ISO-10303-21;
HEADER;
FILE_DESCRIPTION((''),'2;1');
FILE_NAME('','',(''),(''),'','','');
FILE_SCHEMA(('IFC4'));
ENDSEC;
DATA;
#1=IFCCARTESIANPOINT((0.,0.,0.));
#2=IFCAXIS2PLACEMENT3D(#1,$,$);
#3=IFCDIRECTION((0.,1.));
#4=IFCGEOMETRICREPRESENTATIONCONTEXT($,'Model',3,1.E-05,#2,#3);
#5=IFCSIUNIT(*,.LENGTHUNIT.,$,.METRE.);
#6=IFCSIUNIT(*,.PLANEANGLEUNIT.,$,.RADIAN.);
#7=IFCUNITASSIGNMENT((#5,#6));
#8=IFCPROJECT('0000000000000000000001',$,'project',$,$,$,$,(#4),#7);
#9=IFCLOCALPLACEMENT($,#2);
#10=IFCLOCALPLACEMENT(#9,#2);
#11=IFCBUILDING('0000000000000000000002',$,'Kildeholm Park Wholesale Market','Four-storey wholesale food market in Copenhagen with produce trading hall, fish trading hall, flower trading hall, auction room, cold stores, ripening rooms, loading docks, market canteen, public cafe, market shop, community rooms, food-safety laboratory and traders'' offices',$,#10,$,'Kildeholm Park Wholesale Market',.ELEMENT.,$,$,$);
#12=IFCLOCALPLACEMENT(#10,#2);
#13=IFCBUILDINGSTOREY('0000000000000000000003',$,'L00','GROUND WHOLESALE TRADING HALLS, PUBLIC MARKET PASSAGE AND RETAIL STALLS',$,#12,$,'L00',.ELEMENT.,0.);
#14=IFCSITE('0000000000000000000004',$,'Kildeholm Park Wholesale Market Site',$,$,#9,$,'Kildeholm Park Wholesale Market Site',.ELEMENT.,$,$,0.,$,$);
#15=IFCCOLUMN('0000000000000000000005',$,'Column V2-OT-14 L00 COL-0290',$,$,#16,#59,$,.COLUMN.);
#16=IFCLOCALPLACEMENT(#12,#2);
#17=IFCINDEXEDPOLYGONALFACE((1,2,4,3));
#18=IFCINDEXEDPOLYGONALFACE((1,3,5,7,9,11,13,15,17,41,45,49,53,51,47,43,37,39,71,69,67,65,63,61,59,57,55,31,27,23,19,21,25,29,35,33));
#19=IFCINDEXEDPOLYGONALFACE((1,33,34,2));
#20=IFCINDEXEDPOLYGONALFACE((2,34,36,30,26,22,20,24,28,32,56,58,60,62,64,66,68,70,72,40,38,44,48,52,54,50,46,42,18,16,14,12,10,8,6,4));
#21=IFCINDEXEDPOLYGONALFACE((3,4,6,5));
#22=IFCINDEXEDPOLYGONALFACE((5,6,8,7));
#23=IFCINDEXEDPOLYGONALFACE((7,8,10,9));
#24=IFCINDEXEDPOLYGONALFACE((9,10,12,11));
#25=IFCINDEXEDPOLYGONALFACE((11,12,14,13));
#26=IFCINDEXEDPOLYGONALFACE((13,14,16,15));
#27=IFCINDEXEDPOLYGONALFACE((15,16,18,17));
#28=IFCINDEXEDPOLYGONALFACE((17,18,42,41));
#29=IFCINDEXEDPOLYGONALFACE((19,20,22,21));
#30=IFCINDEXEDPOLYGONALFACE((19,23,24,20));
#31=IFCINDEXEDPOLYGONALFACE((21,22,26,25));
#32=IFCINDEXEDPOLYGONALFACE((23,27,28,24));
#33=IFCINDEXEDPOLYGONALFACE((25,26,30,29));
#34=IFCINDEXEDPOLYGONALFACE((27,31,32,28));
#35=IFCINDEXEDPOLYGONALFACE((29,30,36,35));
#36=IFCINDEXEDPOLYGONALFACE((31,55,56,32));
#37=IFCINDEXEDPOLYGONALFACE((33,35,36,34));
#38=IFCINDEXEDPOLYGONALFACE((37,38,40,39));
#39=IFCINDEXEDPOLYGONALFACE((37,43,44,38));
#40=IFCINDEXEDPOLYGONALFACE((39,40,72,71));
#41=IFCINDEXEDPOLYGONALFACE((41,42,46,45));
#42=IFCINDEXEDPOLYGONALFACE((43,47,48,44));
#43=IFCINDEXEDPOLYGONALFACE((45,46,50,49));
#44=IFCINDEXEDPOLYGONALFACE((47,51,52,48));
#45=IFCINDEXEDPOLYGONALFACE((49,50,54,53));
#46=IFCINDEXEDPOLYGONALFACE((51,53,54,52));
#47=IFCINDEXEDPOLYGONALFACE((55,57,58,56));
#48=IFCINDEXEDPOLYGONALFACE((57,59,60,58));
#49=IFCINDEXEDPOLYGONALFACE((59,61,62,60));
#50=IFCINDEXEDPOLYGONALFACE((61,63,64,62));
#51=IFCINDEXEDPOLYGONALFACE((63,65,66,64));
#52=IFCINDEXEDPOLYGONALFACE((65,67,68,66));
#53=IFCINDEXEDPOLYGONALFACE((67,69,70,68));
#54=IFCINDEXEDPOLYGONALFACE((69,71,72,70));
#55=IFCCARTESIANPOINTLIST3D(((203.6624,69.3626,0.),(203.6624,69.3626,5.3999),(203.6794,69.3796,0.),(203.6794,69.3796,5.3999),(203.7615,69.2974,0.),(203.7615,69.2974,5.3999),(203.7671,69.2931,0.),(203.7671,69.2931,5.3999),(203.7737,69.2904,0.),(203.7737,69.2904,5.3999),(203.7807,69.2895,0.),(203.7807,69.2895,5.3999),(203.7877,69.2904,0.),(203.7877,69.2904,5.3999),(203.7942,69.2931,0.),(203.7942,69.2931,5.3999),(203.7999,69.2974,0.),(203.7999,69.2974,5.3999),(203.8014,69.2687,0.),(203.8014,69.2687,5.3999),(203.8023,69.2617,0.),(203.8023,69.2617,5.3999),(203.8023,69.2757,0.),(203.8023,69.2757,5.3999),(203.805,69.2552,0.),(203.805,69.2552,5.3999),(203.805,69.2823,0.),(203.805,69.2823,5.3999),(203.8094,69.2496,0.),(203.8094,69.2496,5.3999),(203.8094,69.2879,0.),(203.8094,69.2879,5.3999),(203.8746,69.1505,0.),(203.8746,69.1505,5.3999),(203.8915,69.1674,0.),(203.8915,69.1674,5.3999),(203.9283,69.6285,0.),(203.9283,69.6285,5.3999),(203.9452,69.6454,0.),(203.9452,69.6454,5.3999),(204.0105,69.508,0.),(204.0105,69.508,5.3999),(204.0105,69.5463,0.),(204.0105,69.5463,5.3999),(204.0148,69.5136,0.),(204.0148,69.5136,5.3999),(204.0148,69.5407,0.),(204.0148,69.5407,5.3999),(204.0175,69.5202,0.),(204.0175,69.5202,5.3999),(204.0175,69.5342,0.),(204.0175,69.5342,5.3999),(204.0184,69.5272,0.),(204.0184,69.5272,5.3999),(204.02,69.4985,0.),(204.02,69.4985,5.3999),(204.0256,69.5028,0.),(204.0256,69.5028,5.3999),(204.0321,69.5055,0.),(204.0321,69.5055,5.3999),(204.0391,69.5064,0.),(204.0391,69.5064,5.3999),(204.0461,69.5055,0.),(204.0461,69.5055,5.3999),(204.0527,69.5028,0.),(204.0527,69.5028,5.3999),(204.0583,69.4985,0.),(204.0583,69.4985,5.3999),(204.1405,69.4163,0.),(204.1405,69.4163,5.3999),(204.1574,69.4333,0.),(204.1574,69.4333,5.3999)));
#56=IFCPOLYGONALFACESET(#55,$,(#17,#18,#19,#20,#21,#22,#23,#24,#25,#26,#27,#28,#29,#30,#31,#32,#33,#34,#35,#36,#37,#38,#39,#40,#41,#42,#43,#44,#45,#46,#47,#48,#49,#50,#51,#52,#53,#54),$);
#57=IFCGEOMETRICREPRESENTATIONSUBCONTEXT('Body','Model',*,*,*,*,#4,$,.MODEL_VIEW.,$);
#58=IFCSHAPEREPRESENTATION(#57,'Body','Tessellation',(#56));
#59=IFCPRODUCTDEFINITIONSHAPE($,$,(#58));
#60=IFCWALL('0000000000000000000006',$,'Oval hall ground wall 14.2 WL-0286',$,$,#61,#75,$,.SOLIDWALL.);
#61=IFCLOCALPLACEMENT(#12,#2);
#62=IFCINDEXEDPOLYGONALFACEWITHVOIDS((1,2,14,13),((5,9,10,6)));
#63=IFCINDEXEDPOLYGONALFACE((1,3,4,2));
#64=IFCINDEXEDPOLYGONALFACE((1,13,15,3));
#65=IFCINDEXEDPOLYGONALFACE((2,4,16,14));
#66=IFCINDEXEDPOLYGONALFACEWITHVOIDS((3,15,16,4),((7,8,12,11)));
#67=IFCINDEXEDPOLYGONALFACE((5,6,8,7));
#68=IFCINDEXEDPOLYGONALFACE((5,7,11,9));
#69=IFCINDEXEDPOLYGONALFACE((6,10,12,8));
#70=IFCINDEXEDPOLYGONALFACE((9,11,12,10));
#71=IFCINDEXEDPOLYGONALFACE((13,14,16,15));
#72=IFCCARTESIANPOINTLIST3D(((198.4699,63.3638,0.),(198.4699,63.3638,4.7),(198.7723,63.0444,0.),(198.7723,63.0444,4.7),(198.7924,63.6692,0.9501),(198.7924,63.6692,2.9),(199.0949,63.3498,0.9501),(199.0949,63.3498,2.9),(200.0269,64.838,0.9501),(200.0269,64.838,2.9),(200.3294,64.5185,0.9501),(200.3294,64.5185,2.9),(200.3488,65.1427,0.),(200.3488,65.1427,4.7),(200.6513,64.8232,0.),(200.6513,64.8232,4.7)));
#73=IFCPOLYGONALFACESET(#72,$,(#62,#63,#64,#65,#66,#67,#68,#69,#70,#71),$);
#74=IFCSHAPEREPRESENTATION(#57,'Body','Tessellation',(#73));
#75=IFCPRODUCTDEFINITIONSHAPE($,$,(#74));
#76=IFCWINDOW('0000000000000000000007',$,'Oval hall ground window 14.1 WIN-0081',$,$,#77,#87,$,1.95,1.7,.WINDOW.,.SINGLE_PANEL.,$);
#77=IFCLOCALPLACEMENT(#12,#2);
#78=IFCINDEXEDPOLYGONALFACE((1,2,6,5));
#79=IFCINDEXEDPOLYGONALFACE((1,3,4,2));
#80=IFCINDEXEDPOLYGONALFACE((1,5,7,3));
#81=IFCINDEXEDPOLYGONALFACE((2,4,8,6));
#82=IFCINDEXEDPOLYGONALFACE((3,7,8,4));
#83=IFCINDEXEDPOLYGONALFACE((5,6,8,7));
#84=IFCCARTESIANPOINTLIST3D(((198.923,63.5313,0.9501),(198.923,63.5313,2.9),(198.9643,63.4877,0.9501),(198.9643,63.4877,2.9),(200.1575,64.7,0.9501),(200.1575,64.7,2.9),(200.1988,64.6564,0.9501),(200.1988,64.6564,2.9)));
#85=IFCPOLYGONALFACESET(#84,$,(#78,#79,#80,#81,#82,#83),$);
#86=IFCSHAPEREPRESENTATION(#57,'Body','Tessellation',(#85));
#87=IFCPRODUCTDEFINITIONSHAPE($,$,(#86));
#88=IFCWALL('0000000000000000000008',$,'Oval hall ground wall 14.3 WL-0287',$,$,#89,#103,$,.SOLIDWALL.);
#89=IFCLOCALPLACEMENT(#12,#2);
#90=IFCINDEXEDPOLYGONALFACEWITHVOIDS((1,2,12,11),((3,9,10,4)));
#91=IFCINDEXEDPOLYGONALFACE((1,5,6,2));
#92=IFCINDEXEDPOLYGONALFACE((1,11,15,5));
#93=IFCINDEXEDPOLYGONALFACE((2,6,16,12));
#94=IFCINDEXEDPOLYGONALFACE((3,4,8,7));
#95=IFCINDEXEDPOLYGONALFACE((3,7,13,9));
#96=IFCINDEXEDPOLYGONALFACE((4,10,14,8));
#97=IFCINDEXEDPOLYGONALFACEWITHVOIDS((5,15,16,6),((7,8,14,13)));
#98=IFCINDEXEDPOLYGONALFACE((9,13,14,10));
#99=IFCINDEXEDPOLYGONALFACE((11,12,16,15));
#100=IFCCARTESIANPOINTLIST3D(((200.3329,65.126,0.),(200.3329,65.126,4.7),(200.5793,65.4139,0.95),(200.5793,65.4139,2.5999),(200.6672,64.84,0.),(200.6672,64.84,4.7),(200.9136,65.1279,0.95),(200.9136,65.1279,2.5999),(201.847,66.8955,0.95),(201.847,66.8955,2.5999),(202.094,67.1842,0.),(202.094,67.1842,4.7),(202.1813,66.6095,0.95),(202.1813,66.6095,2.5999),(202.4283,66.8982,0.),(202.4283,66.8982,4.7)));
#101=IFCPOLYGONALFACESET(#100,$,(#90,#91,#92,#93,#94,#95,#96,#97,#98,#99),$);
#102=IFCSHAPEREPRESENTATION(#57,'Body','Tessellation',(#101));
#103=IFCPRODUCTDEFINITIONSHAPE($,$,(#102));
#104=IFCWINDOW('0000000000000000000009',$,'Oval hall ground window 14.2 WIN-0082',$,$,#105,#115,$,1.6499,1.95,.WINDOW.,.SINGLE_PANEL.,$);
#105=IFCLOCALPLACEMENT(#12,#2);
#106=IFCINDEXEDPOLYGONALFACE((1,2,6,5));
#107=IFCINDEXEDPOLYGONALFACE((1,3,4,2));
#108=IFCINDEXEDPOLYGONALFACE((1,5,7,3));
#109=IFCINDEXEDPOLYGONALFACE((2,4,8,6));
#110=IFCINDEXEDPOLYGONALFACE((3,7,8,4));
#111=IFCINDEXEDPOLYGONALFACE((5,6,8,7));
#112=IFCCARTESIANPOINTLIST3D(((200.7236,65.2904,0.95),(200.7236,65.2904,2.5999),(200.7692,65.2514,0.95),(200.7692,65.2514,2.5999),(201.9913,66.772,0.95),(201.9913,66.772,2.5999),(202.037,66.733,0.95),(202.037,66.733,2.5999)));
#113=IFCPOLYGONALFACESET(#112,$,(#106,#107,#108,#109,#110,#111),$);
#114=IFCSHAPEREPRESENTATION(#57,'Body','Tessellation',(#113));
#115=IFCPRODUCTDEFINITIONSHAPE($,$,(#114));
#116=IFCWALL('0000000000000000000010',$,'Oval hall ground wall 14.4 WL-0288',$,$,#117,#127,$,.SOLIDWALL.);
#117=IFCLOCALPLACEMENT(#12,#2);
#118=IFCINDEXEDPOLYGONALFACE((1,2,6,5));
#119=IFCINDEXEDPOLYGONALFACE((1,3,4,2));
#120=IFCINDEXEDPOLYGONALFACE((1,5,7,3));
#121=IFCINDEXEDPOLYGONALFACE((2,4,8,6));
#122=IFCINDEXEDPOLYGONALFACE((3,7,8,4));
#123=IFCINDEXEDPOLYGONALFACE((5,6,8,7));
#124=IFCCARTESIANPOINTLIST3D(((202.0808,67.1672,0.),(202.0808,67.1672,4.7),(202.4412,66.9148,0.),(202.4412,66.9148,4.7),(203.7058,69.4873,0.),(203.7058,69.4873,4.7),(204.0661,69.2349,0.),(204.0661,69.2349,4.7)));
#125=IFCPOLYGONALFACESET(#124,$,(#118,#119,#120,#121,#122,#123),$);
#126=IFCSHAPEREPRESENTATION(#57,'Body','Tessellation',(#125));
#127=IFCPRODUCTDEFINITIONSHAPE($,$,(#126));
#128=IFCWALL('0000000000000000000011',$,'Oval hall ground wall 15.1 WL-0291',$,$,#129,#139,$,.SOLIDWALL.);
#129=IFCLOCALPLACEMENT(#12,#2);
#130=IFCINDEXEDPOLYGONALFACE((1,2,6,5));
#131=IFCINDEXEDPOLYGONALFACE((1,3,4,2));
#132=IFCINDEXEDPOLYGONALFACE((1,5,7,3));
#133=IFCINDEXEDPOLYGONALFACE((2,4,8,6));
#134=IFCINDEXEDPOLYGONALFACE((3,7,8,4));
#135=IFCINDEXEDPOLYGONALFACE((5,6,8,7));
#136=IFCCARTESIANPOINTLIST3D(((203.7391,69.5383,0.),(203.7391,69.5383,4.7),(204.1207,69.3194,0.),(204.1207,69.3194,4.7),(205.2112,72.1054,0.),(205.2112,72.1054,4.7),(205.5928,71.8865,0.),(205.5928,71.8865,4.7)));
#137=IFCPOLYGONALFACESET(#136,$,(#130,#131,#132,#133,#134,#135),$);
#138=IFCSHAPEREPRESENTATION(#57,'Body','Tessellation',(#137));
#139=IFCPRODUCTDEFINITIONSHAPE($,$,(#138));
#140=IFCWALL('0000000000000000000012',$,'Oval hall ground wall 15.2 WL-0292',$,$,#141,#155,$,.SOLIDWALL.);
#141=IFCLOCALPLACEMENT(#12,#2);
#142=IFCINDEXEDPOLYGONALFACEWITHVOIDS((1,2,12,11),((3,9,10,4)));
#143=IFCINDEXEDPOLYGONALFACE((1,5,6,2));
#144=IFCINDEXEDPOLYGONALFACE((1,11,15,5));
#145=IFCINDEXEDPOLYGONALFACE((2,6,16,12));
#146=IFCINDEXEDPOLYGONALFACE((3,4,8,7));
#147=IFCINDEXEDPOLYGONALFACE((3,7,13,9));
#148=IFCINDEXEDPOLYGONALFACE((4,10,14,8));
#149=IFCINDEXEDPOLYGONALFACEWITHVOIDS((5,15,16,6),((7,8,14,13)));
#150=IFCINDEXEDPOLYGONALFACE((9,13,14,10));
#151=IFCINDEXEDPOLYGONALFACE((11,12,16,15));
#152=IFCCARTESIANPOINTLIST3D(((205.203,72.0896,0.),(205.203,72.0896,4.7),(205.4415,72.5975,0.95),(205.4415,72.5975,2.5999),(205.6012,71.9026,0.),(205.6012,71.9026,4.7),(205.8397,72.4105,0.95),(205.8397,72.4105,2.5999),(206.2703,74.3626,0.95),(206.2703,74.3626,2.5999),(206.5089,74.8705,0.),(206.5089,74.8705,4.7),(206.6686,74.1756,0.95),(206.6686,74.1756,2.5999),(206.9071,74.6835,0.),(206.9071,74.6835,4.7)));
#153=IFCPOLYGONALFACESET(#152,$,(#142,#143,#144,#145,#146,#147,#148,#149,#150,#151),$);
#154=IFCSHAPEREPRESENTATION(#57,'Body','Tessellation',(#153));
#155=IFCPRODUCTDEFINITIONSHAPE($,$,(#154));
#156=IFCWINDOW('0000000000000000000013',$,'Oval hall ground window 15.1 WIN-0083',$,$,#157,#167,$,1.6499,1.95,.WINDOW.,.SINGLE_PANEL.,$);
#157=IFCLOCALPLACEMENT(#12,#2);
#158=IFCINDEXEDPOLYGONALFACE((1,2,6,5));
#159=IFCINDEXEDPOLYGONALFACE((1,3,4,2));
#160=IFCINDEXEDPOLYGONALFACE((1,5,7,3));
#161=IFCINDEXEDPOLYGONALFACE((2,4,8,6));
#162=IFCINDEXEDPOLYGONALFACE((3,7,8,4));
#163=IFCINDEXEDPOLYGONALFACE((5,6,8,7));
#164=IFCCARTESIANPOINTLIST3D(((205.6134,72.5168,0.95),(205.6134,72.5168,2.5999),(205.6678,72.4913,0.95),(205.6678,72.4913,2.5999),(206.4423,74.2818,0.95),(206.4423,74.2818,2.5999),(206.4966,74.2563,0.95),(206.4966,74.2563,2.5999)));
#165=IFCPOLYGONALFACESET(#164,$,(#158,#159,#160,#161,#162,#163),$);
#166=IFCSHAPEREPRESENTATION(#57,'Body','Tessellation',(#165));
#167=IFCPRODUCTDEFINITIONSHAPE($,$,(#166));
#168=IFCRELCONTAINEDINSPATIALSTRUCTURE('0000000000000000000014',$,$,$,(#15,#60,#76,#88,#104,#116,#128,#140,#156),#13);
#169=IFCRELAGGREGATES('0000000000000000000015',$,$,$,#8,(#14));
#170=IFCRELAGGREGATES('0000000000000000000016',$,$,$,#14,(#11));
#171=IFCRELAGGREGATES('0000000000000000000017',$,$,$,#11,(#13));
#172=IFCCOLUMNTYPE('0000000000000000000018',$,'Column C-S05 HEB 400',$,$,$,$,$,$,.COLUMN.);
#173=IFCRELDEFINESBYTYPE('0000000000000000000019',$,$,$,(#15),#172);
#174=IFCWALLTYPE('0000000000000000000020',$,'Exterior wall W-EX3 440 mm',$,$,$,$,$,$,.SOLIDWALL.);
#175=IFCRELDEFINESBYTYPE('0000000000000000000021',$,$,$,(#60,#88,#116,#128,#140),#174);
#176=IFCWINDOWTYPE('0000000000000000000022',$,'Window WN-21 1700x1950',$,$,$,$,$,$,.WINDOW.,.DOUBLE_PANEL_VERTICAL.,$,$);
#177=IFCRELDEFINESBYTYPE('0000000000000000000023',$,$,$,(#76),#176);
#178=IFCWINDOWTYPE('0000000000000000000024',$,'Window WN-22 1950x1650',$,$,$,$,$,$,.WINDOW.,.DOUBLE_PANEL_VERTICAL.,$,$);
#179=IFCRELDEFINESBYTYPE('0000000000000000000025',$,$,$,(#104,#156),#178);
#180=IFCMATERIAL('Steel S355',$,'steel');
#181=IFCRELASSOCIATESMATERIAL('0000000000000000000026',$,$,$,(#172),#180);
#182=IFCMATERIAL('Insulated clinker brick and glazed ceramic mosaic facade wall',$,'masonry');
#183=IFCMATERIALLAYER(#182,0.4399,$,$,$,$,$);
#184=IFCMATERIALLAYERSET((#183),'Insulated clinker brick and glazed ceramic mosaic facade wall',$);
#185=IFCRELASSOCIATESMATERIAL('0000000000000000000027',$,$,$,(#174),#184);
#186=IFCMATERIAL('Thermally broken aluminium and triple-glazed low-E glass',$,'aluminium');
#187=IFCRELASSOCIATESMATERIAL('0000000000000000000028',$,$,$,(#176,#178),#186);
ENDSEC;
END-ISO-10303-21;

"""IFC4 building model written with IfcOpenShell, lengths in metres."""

from ifc_helpers import new_model, si_unit, direction, frame, frame_2d, origin, origin_2d, place, context, subcontext, project, spatial, rectangle, i_section, extrude, material, layer, layer_set, material_profile, profile_set, type_object, element, fill, save


model = new_model("IFC4")

# Units and contexts
model_context = context("Model", 3, precision=1e-05, world=origin(), true_north=direction((0.0, 1.0)))
body_context = subcontext(model_context, "Body", "Model", "MODEL_VIEW")
ifc_project = project(units=[si_unit("LENGTHUNIT", "METRE"), si_unit("PLANEANGLEUNIT", "RADIAN")], contexts=[model_context])

# Site, building, storey
site_placement = place(None, origin())
site = spatial("IfcSite", under=ifc_project, at=site_placement, Name="Kildeholm Park Wholesale Market Site", LongName="Kildeholm Park Wholesale Market Site", CompositionType="ELEMENT", RefElevation=0.0)
building_placement = place(site_placement, origin())
building = spatial("IfcBuilding", under=site, at=building_placement, Name="Kildeholm Park Wholesale Market", Description="Four-storey wholesale food market in Copenhagen with produce trading hall, fish trading hall, flower trading hall, auction room, cold stores, ripening rooms, loading docks, market canteen, public cafe, market shop, community rooms, food-safety laboratory and traders' offices", LongName="Kildeholm Park Wholesale Market", CompositionType="ELEMENT")
storey_placement = place(building_placement, origin())
storey = spatial("IfcBuildingStorey", under=building, at=storey_placement, Name="L00", Description="GROUND WHOLESALE TRADING HALLS, PUBLIC MARKET PASSAGE AND RETAIL STALLS", LongName="L00", CompositionType="ELEMENT", Elevation=0.0)

# Column
ifc_material_1 = material(Name="Steel S355", Category="steel")
ifc_material_profile_1 = material_profile(ifc_material_1, i_section(OverallWidth=0.3, OverallDepth=0.3999, WebThickness=0.0134, FlangeThickness=0.0239, FilletRadius=0.0271, at=origin_2d()), Name="HEB 400")
ifc_profile_set_1 = profile_set([ifc_material_profile_1], Name="Steel S355")
column_type = type_object("IfcColumnType", Name="Column C-S05 HEB 400", PredefinedType="COLUMN", material=ifc_profile_set_1)
column_placement = place(storey_placement, frame((203.9099, 69.3979, 0.0), z_axis=(0.0, 0.0, 1.0), x_axis=(0.707107, -0.707107, 0.0)))
element("IfcColumn", 1, at=column_placement, inside=storey, type_object=column_type, Name="Column V2-OT-14 L00 COL-0290", PredefinedType="COLUMN", context=body_context, shape_type="SweptSolid", body=[
    extrude(i_section(OverallWidth=0.3, OverallDepth=0.3999, WebThickness=0.0134, FlangeThickness=0.0239, FilletRadius=0.0271, at=origin_2d()), origin(), (0.0, 0.0, 1.0), 5.3999),
])

# Walls, openings, windows
ifc_material_2 = material(Name="Insulated clinker brick and glazed ceramic mosaic facade wall", Category="masonry")
ifc_layer_1 = layer(ifc_material_2, 0.4399)
ifc_layer_set_1 = layer_set([ifc_layer_1], Name="Insulated clinker brick and glazed ceramic mosaic facade wall")
wall_type = type_object("IfcWallType", Name="Exterior wall W-EX3 440 mm", PredefinedType="SOLIDWALL", material=ifc_layer_set_1)
wall_1_placement = place(storey_placement, frame((198.6211, 63.2041, 0.0), z_axis=(0.0, 0.0, 1.0), x_axis=(0.726186, 0.687499, 0.0)))
wall_1 = element("IfcWall", 2, at=wall_1_placement, inside=storey, type_object=wall_type, Name="Oval hall ground wall 14.2 WL-0286", PredefinedType="SOLIDWALL", context=body_context, shape_type="SweptSolid", body=[
    extrude(rectangle(XDim=2.5874, YDim=0.4399, at=frame_2d((1.2937, 0.0))), origin(), (0.0, 0.0, 1.0), 4.7),
])
opening_1_placement = place(wall_1_placement, frame((0.4441, 0.0, 0.95)))
opening_1 = element("IfcOpeningElement", 3, at=opening_1_placement, cuts=wall_1, PredefinedType="OPENING", context=body_context, shape_type="SweptSolid", body=[
    extrude(rectangle(XDim=1.7, YDim=1.95, at=frame_2d((0.8501, 0.9751))), frame((0.0, 0.23, 0.0), z_axis=(0.0, -1.0, 0.0), x_axis=(1.0, 0.0, 0.0)), (0.0, 0.0, 1.0), 0.46),
])
ifc_material_3 = material(Name="Thermally broken aluminium and triple-glazed low-E glass", Category="aluminium")
window_type_1 = type_object("IfcWindowType", Name="Window WN-21 1700x1950", PartitioningType="DOUBLE_PANEL_VERTICAL", PredefinedType="WINDOW", material=ifc_material_3)
window_1_placement = place(opening_1_placement, origin())
window_1 = element("IfcWindow", 4, at=window_1_placement, inside=storey, type_object=window_type_1, Name="Oval hall ground window 14.1 WIN-0081", OverallHeight=1.95, OverallWidth=1.7, PartitioningType="SINGLE_PANEL", PredefinedType="WINDOW", context=body_context, shape_type="SweptSolid", body=[
    extrude(rectangle(XDim=1.7, YDim=1.95, at=frame_2d((0.8501, 0.9751))), frame((0.0, 0.03, 0.0), z_axis=(0.0, -1.0, 0.0), x_axis=(1.0, 0.0, 0.0)), (0.0, 0.0, 1.0), 0.0601),
])
fill(opening_1, window_1)
wall_2_placement = place(storey_placement, frame((200.5, 64.9829, 0.0), z_axis=(0.0, 0.0, 1.0), x_axis=(0.650131, 0.759823, 0.0)))
wall_2 = element("IfcWall", 5, at=wall_2_placement, inside=storey, type_object=wall_type, Name="Oval hall ground wall 14.3 WL-0287", PredefinedType="SOLIDWALL", context=body_context, shape_type="SweptSolid", body=[
    extrude(rectangle(XDim=2.7087, YDim=0.4399, at=frame_2d((1.3545, 0.0))), origin(), (0.0, 0.0, 1.0), 4.7),
])
opening_2_placement = place(wall_2_placement, frame((0.3789, 0.0, 0.95)))
opening_2 = element("IfcOpeningElement", 6, at=opening_2_placement, cuts=wall_2, PredefinedType="OPENING", context=body_context, shape_type="SweptSolid", body=[
    extrude(rectangle(XDim=1.95, YDim=1.6499, at=frame_2d((0.9751, 0.825))), frame((0.0, 0.23, 0.0), z_axis=(0.0, -1.0, 0.0), x_axis=(1.0, 0.0, 0.0)), (0.0, 0.0, 1.0), 0.46),
])
window_type_2 = type_object("IfcWindowType", Name="Window WN-22 1950x1650", PartitioningType="DOUBLE_PANEL_VERTICAL", PredefinedType="WINDOW", material=ifc_material_3)
window_2_placement = place(opening_2_placement, origin())
window_2 = element("IfcWindow", 7, at=window_2_placement, inside=storey, type_object=window_type_2, Name="Oval hall ground window 14.2 WIN-0082", OverallHeight=1.6499, OverallWidth=1.95, PartitioningType="SINGLE_PANEL", PredefinedType="WINDOW", context=body_context, shape_type="SweptSolid", body=[
    extrude(rectangle(XDim=1.95, YDim=1.6499, at=frame_2d((0.9751, 0.825))), frame((0.0, 0.03, 0.0), z_axis=(0.0, -1.0, 0.0), x_axis=(1.0, 0.0, 0.0)), (0.0, 0.0, 1.0), 0.0601),
])
fill(opening_2, window_2)

# Walls
wall_3_placement = place(storey_placement, frame((202.261, 67.041, 0.0), z_axis=(0.0, 0.0, 1.0), x_axis=(0.573688, 0.819074, 0.0)))
element("IfcWall", 8, at=wall_3_placement, inside=storey, type_object=wall_type, Name="Oval hall ground wall 14.4 WL-0288", PredefinedType="SOLIDWALL", context=body_context, shape_type="SweptSolid", body=[
    extrude(rectangle(XDim=2.8325, YDim=0.4399, at=frame_2d((1.4163, 0.0))), origin(), (0.0, 0.0, 1.0), 4.7),
])
wall_4_placement = place(storey_placement, frame((203.9299, 69.429, 0.0), z_axis=(0.0, 0.0, 1.0), x_axis=(0.497471, 0.867481, 0.0)))
element("IfcWall", 9, at=wall_4_placement, inside=storey, type_object=wall_type, Name="Oval hall ground wall 15.1 WL-0291", PredefinedType="SOLIDWALL", context=body_context, shape_type="SweptSolid", body=[
    extrude(rectangle(XDim=2.9592, YDim=0.4399, at=frame_2d((1.4795, 0.0))), origin(), (0.0, 0.0, 1.0), 4.7),
])

# Wall, opening, window
wall_5_placement = place(storey_placement, frame((205.4021, 71.9961, 0.0), z_axis=(0.0, 0.0, 1.0), x_axis=(0.425051, 0.90517, 0.0)))
wall_5 = element("IfcWall", 10, at=wall_5_placement, inside=storey, type_object=wall_type, Name="Oval hall ground wall 15.2 WL-0292", PredefinedType="SOLIDWALL", context=body_context, shape_type="SweptSolid", body=[
    extrude(rectangle(XDim=3.0723, YDim=0.4399, at=frame_2d((1.5361, 0.0))), origin(), (0.0, 0.0, 1.0), 4.7),
])
opening_3_placement = place(wall_5_placement, frame((0.561, 0.0, 0.95)))
opening_3 = element("IfcOpeningElement", 11, at=opening_3_placement, cuts=wall_5, PredefinedType="OPENING", context=body_context, shape_type="SweptSolid", body=[
    extrude(rectangle(XDim=1.95, YDim=1.6499, at=frame_2d((0.9751, 0.825))), frame((0.0, 0.23, 0.0), z_axis=(0.0, -1.0, 0.0), x_axis=(1.0, 0.0, 0.0)), (0.0, 0.0, 1.0), 0.46),
])
window_3_placement = place(opening_3_placement, origin())
window_3 = element("IfcWindow", 12, at=window_3_placement, inside=storey, type_object=window_type_2, Name="Oval hall ground window 15.1 WIN-0083", OverallHeight=1.6499, OverallWidth=1.95, PartitioningType="SINGLE_PANEL", PredefinedType="WINDOW", context=body_context, shape_type="SweptSolid", body=[
    extrude(rectangle(XDim=1.95, YDim=1.6499, at=frame_2d((0.9751, 0.825))), frame((0.0, 0.03, 0.0), z_axis=(0.0, -1.0, 0.0), x_axis=(1.0, 0.0, 0.0)), (0.0, 0.0, 1.0), 0.0601),
])
fill(opening_3, window_3)

save(model, "model.ifc")
